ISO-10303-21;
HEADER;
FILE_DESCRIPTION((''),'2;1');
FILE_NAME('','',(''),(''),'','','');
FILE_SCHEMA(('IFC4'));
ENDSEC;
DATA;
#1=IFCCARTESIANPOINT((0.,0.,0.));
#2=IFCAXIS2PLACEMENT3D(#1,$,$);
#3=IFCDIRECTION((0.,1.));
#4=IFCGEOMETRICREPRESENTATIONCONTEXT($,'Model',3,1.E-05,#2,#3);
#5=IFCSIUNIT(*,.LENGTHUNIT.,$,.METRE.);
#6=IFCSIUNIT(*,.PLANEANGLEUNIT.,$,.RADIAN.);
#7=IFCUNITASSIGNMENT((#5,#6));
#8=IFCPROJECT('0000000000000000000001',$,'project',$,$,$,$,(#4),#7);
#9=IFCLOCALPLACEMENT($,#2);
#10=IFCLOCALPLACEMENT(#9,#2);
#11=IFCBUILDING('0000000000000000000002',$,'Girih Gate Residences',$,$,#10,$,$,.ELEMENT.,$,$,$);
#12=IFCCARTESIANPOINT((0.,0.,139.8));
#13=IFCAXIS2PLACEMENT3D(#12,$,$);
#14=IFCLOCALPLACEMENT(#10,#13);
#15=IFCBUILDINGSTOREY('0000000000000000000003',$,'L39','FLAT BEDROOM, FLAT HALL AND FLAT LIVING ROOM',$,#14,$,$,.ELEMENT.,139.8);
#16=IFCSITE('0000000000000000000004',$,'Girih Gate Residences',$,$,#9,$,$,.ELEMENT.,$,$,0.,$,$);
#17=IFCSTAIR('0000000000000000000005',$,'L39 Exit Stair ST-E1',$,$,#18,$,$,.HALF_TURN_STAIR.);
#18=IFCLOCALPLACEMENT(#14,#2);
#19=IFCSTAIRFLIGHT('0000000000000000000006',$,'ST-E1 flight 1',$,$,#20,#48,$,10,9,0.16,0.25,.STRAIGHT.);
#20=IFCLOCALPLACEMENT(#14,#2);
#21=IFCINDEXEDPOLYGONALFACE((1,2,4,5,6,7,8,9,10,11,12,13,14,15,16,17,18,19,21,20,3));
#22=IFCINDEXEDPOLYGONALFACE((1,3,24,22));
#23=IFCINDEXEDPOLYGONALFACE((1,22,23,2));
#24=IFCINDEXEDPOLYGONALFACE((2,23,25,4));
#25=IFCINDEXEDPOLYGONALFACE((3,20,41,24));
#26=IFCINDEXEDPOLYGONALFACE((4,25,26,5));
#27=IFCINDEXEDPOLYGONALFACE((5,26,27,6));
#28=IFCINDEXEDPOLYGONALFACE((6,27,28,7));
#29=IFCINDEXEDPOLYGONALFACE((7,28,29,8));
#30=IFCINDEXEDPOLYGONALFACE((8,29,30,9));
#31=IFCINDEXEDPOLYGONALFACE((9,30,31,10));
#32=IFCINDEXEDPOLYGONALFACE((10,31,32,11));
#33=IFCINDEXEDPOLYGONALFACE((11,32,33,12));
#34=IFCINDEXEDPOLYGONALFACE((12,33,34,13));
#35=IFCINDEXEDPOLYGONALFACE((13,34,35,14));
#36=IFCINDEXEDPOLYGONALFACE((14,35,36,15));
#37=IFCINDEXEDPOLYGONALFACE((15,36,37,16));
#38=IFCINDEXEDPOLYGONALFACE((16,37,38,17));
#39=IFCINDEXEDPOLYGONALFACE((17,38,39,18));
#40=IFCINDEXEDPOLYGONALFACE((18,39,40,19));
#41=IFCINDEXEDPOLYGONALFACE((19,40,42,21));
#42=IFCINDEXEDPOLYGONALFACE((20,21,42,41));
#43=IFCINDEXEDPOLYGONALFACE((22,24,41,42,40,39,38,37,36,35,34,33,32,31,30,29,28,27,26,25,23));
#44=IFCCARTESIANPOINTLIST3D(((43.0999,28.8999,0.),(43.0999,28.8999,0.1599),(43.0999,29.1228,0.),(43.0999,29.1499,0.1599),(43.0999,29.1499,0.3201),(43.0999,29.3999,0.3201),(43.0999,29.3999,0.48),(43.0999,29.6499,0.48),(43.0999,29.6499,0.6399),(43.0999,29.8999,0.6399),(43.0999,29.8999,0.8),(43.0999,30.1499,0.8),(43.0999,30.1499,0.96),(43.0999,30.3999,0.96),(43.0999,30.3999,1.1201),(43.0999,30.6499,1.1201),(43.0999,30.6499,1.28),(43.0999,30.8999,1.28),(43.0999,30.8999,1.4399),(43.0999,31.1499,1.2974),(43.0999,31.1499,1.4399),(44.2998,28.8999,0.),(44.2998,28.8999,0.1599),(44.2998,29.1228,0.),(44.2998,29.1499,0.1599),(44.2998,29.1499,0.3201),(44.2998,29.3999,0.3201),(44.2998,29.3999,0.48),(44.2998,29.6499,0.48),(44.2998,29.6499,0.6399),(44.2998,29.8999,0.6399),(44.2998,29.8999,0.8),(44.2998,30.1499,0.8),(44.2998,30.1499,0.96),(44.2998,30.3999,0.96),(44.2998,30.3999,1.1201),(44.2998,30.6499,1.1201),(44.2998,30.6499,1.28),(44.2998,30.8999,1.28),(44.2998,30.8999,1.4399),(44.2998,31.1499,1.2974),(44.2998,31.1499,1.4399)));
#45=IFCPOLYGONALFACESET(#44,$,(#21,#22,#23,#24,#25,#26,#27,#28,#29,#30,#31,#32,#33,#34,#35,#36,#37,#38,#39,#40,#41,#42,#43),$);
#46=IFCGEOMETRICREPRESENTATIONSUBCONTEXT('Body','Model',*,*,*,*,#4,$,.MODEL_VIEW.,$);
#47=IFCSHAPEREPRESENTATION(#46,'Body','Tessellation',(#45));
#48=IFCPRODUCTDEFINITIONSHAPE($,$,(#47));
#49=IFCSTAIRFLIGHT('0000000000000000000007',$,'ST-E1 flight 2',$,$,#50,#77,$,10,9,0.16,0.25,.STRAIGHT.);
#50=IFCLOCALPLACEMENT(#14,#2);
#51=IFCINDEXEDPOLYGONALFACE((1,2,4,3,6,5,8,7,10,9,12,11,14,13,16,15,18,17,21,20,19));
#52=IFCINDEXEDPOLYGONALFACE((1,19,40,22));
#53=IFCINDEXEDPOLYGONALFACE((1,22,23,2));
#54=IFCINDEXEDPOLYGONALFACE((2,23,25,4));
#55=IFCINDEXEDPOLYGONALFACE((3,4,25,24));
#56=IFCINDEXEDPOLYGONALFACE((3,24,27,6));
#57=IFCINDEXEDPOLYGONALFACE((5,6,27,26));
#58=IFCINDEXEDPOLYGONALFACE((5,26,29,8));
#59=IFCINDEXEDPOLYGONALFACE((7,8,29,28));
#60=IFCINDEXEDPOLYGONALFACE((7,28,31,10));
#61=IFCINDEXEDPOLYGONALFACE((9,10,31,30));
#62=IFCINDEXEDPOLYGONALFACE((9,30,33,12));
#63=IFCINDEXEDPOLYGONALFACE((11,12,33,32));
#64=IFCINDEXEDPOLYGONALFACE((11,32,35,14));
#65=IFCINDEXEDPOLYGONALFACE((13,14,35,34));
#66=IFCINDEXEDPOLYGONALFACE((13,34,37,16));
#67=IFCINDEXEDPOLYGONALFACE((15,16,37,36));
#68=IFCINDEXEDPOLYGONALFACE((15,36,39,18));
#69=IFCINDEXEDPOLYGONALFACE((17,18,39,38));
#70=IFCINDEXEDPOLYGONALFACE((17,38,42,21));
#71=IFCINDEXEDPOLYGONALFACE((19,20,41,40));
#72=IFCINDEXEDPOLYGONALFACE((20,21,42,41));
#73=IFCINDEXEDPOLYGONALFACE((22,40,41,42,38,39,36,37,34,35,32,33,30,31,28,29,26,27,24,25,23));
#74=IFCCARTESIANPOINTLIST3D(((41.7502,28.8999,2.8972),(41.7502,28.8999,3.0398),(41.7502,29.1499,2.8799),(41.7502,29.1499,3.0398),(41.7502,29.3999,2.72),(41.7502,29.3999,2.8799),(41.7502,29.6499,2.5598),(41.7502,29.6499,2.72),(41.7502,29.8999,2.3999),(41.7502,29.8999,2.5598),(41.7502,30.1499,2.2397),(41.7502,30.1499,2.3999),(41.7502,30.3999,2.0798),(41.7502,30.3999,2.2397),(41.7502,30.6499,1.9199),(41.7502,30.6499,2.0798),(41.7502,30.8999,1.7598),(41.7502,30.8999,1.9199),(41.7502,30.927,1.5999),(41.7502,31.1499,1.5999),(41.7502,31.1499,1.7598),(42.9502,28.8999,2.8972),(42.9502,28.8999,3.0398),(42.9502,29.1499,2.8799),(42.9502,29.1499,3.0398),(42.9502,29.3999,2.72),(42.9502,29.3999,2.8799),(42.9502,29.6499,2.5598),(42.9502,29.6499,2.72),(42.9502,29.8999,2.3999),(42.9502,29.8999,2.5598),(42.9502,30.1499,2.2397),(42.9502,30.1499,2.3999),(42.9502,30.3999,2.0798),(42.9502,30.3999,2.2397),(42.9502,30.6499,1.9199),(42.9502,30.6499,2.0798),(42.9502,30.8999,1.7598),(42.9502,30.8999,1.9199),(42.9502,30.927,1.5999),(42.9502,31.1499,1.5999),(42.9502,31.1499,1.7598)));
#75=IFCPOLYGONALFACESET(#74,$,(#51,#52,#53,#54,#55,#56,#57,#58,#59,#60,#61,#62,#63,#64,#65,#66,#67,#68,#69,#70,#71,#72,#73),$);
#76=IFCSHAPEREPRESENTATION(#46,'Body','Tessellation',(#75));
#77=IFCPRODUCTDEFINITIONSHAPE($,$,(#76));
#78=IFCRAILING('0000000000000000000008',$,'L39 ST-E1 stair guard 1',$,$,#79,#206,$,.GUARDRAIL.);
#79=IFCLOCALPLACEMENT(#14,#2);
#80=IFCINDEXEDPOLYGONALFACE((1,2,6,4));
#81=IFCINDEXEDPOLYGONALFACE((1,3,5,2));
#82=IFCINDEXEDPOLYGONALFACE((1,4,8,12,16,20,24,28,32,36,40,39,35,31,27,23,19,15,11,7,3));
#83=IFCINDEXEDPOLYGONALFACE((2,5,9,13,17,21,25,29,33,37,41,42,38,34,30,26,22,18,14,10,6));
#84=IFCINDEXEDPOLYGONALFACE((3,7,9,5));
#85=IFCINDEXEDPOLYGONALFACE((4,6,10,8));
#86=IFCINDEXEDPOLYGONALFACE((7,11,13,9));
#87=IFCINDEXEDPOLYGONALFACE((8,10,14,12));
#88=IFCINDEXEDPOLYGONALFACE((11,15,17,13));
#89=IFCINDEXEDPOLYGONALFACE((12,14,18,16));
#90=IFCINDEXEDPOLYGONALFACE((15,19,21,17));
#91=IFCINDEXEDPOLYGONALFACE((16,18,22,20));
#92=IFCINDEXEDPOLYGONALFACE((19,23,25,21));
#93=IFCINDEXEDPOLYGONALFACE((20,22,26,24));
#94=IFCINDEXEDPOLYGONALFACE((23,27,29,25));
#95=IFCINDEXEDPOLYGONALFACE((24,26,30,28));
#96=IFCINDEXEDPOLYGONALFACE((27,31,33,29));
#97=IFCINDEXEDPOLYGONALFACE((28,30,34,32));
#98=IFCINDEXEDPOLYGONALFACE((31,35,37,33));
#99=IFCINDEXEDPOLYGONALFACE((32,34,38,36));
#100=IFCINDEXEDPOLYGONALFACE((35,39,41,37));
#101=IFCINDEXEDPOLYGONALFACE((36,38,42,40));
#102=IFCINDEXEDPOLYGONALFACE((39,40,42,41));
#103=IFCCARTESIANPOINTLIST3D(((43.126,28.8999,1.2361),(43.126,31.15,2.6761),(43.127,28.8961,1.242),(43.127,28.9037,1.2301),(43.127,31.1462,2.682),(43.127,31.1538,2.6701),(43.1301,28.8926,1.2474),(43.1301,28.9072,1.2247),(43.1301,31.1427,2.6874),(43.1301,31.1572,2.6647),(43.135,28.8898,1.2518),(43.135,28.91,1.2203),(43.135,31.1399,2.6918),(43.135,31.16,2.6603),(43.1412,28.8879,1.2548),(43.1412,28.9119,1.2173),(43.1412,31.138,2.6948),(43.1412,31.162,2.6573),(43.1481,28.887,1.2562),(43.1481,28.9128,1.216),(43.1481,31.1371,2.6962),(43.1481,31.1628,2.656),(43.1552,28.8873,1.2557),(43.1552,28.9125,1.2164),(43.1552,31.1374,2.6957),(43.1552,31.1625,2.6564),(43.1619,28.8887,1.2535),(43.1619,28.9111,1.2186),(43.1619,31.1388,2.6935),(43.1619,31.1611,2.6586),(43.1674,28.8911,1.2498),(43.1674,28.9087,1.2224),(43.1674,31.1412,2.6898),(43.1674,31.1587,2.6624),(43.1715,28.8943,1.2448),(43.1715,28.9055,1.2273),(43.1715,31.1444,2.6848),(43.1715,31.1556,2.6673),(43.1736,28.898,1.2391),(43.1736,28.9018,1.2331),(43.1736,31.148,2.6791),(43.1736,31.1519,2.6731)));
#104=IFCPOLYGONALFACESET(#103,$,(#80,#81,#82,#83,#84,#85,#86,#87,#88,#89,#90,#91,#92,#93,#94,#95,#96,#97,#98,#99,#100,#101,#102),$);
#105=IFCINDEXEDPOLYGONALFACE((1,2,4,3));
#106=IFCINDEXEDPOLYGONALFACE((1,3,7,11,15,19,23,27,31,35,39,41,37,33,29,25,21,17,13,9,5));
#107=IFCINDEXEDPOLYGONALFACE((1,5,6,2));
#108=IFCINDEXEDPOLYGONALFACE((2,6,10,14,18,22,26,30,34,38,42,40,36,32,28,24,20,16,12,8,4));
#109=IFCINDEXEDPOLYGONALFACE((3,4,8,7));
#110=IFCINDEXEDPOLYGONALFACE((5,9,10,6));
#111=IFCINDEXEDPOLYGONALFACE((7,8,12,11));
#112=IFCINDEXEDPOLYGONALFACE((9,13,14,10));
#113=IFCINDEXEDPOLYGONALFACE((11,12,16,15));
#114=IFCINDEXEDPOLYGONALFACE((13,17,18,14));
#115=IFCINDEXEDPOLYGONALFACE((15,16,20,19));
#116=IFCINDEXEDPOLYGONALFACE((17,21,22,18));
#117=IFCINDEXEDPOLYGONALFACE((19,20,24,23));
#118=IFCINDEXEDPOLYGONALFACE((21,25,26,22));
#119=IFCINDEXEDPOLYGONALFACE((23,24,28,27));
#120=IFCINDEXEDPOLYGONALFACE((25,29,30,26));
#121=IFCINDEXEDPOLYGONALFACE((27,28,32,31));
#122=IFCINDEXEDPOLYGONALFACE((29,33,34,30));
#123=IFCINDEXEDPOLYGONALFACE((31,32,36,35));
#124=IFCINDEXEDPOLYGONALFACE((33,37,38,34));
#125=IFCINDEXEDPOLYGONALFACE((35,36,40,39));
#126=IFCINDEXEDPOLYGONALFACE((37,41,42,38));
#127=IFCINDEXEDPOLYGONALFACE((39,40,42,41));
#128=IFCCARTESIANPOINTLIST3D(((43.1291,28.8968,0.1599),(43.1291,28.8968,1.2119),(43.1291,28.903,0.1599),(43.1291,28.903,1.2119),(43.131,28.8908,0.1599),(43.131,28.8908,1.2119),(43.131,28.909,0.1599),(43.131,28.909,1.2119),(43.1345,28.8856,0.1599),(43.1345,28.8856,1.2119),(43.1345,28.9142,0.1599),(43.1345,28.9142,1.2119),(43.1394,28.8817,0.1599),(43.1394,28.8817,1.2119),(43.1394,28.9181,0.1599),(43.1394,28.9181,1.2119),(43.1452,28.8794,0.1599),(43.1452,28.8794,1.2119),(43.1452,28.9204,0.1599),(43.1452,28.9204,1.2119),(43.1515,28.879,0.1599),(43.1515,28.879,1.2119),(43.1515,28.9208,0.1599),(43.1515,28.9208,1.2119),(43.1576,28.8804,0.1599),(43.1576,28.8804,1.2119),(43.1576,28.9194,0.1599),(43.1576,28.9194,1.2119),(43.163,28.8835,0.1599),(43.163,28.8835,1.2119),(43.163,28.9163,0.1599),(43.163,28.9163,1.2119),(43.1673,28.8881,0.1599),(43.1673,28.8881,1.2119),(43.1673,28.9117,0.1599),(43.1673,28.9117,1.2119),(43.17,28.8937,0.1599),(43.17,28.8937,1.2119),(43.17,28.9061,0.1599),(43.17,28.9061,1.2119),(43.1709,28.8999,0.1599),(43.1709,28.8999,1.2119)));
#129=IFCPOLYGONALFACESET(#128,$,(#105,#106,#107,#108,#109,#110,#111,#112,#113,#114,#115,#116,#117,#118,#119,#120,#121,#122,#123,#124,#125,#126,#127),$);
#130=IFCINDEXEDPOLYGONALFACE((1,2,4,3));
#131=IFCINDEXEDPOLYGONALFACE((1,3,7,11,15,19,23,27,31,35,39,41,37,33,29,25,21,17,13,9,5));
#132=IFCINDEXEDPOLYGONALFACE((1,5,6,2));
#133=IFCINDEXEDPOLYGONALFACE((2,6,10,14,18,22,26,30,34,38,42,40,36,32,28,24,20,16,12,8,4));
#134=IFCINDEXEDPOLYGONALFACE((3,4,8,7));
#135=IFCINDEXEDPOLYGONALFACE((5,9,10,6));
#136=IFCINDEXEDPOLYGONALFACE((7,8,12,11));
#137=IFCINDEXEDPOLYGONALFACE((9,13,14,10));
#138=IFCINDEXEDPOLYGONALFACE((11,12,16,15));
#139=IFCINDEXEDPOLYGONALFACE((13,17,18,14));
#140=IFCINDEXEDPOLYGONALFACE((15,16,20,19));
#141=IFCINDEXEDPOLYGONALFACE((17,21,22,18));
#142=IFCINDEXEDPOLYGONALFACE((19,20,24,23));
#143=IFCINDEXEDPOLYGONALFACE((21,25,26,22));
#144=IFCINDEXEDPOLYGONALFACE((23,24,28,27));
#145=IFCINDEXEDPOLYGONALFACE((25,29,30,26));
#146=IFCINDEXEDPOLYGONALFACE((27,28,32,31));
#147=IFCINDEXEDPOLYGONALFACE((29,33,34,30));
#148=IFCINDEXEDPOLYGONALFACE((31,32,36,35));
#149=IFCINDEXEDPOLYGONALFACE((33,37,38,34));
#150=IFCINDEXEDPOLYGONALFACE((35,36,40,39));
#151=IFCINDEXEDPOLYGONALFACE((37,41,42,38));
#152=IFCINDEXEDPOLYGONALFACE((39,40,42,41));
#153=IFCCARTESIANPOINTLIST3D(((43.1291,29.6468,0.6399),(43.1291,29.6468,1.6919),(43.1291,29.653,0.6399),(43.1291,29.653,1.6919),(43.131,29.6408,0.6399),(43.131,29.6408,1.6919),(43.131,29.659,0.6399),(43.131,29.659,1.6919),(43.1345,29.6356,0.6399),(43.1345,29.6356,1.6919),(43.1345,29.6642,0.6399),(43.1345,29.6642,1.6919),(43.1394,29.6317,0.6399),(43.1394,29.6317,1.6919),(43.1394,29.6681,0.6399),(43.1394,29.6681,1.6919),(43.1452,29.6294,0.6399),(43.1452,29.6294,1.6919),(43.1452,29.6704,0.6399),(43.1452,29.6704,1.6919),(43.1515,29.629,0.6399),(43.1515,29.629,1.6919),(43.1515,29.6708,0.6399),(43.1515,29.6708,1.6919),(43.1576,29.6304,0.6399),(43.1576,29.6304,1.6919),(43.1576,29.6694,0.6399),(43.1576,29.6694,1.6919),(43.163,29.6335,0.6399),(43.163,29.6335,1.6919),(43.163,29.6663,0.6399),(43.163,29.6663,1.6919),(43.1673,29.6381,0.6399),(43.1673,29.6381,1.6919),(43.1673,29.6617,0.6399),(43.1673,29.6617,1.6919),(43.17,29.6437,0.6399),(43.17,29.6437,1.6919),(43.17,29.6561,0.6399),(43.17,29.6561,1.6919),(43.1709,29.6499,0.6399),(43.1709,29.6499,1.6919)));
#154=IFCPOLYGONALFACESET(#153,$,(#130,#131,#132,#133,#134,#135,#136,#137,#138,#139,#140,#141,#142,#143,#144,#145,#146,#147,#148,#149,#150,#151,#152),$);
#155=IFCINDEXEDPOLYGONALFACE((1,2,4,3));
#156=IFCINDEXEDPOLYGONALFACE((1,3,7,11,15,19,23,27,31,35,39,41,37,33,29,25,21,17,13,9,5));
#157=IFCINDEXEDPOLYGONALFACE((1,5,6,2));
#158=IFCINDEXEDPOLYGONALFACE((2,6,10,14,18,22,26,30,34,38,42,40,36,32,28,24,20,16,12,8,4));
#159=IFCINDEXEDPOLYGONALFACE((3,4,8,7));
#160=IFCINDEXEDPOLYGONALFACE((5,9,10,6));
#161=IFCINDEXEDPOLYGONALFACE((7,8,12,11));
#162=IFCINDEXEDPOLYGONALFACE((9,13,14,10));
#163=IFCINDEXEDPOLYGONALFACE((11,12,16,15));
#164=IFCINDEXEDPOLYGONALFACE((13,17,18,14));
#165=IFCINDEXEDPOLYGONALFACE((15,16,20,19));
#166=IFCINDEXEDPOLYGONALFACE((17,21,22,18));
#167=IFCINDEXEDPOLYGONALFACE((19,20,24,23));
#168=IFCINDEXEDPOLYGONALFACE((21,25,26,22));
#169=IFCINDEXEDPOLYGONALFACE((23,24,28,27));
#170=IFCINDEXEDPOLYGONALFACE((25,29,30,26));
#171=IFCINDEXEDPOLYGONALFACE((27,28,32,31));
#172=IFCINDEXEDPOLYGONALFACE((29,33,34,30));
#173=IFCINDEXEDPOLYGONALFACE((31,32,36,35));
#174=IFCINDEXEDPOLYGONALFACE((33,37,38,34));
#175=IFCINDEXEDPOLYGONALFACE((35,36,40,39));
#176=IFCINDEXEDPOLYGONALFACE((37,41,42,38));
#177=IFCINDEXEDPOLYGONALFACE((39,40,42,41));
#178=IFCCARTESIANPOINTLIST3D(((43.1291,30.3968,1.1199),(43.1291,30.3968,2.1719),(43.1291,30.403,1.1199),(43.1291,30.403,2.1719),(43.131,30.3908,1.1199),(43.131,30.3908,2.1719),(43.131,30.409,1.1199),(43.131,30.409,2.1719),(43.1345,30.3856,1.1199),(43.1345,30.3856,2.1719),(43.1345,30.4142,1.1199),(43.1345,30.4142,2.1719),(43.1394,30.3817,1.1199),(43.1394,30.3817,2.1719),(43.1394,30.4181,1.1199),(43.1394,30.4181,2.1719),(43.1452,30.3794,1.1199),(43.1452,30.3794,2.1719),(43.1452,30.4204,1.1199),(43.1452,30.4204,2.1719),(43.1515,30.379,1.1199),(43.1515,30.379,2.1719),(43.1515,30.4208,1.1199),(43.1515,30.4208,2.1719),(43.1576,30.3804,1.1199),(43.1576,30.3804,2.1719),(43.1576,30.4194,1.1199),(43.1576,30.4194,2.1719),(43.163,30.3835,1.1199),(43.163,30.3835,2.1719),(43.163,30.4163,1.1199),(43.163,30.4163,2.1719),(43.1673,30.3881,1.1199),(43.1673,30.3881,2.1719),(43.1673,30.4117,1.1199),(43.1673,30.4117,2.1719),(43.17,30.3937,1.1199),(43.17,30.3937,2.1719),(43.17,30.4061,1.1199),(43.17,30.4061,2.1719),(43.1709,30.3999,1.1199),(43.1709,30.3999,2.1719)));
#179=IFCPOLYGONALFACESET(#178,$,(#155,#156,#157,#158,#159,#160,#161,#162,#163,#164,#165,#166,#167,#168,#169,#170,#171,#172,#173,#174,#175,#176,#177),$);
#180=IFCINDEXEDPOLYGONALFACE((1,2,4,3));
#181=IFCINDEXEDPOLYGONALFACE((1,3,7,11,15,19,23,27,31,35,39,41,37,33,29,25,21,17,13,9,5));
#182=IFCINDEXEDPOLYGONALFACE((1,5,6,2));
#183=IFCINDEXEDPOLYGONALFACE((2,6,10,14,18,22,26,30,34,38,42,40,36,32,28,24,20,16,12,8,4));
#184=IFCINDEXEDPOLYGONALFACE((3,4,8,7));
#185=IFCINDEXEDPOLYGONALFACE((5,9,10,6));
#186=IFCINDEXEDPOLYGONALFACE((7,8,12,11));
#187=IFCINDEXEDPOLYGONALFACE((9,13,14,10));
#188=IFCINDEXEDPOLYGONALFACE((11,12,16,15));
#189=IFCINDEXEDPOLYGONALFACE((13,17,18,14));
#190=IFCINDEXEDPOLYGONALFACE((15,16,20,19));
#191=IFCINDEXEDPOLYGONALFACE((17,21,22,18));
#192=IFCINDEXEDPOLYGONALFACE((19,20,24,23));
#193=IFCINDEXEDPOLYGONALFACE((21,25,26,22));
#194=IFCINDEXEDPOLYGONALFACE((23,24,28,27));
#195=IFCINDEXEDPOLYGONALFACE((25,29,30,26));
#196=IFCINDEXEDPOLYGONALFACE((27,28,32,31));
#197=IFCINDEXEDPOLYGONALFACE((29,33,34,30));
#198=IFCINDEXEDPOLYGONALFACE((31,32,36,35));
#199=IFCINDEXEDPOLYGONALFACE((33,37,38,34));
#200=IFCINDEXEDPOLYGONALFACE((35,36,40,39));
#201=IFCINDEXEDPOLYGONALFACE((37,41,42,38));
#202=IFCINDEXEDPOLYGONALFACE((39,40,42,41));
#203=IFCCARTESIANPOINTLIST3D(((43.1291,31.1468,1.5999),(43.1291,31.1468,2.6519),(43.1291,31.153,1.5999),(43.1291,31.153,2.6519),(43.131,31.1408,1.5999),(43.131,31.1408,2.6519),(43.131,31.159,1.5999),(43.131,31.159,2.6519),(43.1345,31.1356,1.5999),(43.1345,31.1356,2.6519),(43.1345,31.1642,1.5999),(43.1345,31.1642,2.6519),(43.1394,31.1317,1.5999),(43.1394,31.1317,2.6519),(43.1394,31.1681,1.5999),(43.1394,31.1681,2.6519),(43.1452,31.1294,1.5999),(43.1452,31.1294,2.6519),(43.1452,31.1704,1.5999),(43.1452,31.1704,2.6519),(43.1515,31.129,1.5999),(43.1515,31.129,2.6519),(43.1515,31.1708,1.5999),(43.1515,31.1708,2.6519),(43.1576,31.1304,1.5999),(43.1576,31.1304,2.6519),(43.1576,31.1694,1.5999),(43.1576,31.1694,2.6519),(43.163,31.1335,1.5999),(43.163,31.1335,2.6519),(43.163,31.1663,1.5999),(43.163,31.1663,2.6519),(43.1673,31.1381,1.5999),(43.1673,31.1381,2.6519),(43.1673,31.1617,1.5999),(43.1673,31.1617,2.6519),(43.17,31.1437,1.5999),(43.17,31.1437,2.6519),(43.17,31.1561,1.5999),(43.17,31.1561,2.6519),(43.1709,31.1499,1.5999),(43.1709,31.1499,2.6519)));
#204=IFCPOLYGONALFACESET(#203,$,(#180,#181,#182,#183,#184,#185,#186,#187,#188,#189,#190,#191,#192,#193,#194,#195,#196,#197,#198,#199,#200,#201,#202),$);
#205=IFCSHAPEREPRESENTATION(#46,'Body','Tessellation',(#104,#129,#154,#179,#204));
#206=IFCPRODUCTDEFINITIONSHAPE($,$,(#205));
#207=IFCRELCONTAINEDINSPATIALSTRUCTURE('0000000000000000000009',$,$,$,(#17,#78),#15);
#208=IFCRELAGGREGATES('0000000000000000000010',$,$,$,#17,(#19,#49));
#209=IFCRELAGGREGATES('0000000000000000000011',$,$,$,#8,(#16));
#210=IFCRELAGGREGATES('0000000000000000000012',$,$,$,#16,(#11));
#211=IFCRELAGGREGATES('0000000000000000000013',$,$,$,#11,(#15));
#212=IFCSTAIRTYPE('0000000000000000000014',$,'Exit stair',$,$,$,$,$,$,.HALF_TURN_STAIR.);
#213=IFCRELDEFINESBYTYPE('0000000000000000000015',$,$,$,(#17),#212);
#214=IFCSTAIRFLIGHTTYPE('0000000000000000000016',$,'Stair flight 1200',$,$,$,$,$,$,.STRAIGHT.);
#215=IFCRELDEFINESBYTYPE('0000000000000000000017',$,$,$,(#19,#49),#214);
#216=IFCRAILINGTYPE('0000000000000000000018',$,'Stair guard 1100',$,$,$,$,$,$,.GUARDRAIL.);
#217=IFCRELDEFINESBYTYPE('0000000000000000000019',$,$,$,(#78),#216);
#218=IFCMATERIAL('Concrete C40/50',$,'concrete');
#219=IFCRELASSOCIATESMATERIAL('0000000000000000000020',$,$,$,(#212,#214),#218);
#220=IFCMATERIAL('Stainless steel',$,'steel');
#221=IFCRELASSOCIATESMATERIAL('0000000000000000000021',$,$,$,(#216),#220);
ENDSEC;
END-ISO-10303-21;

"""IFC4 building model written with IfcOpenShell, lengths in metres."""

from ifc_helpers import new_model, si_unit, direction, frame, origin, origin_2d, place, context, subcontext, project, spatial, polyline, circle, outline, extrude, material, type_object, element, aggregate, save


model = new_model("IFC4")

# Units and contexts
model_context = context("Model", 3, precision=1e-05, world=origin(), true_north=direction((0.0, 1.0)))
body_context = subcontext(model_context, "Body", "Model", "MODEL_VIEW")
ifc_project = project(units=[si_unit("LENGTHUNIT", "METRE"), si_unit("PLANEANGLEUNIT", "RADIAN")], contexts=[model_context])

# Site, building, storey
site_placement = place(None, origin())
site = spatial("IfcSite", under=ifc_project, at=site_placement, Name="Girih Gate Residences", CompositionType="ELEMENT", RefElevation=0.0)
building_placement = place(site_placement, origin())
building = spatial("IfcBuilding", under=site, at=building_placement, Name="Girih Gate Residences", CompositionType="ELEMENT")
storey_placement = place(building_placement, frame((0.0, 0.0, 139.8)))
storey = spatial("IfcBuildingStorey", under=building, at=storey_placement, Name="L39", Description="FLAT BEDROOM, FLAT HALL AND FLAT LIVING ROOM", CompositionType="ELEMENT", Elevation=139.8)

# Shared definitions
ifc_material_1 = material(Name="Concrete C40/50", Category="concrete")

# Stair, stair flights
stair_type = type_object("IfcStairType", Name="Exit stair", PredefinedType="HALF_TURN_STAIR", material=ifc_material_1)
stair_placement = place(storey_placement, origin())
stair = element("IfcStair", 1, at=stair_placement, inside=storey, type_object=stair_type, Name="L39 Exit Stair ST-E1", PredefinedType="HALF_TURN_STAIR")
stair_flight_type = type_object("IfcStairFlightType", Name="Stair flight 1200", PredefinedType="STRAIGHT", material=ifc_material_1)
stair_flight_1_placement = place(storey_placement, frame((43.7, 28.8999, 0.0), z_axis=(0.0, 0.0, 1.0), x_axis=(0.0, 1.0, 0.0)))
stair_flight_1 = element("IfcStairFlight", 2, at=stair_flight_1_placement, type_object=stair_flight_type, Name="ST-E1 flight 1", NumberOfRisers=10, NumberOfTreads=9, PredefinedType="STRAIGHT", RiserHeight=0.16, TreadLength=0.25, context=body_context, shape_type="SweptSolid", body=[
    extrude(outline(polyline([(0.0, 0.0), (0.0, 0.1599), (0.25, 0.1599), (0.25, 0.3201), (0.5, 0.3201), (0.5, 0.48), (0.75, 0.48), (0.75, 0.6399), (1.0, 0.6399), (1.0, 0.8), (1.25, 0.8), (1.25, 0.96), (1.5, 0.96), (1.5, 1.1201), (1.75, 1.1201), (1.75, 1.28), (2.0, 1.28), (2.0, 1.4399), (2.25, 1.4399), (2.25, 1.6001), (2.25, 1.2974), (0.2229, 0.0), (0.0, 0.0)])), frame((0.0, 0.6001, 0.0), z_axis=(0.0, -1.0, 0.0), x_axis=(1.0, 0.0, 0.0)), (0.0, 0.0, 1.0), 1.2),
])
stair_flight_2_placement = place(storey_placement, frame((42.3501, 31.1499, 1.5999), z_axis=(0.0, 0.0, 1.0), x_axis=(0.0, -1.0, 0.0)))
stair_flight_2 = element("IfcStairFlight", 3, at=stair_flight_2_placement, type_object=stair_flight_type, Name="ST-E1 flight 2", NumberOfRisers=10, NumberOfTreads=9, PredefinedType="STRAIGHT", RiserHeight=0.16, TreadLength=0.25, context=body_context, shape_type="SweptSolid", body=[
    extrude(outline(polyline([(0.0, 0.0), (0.0, 0.1599), (0.25, 0.1599), (0.25, 0.3201), (0.5, 0.3201), (0.5, 0.48), (0.75, 0.48), (0.75, 0.6399), (1.0, 0.6399), (1.0, 0.8), (1.25, 0.8), (1.25, 0.96), (1.5, 0.96), (1.5, 1.1201), (1.75, 1.1201), (1.75, 1.28), (2.0, 1.28), (2.0, 1.4399), (2.25, 1.4399), (2.25, 1.6001), (2.25, 1.2974), (0.2229, 0.0), (0.0, 0.0)])), frame((0.0, 0.6001, 0.0), z_axis=(0.0, -1.0, 0.0), x_axis=(1.0, 0.0, 0.0)), (0.0, 0.0, 1.0), 1.2),
])
aggregate(stair, [stair_flight_1, stair_flight_2])

# Railing
ifc_material_2 = material(Name="Stainless steel", Category="steel")
railing_type_1 = type_object("IfcRailingType", Name="Stair guard 1100", PredefinedType="GUARDRAIL", material=ifc_material_2)
railing_1_placement = place(storey_placement, frame((43.1499, 28.8999, 0.1599)))
element("IfcRailing", 4, at=railing_1_placement, inside=storey, type_object=railing_type_1, Name="L39 ST-E1 stair guard 1", PredefinedType="GUARDRAIL", context=body_context, shape_type="SweptSolid", body=[
    extrude(circle(Radius=0.0239, at=origin_2d()), frame((0.0, 0.0, 1.0762), z_axis=(0.0, 0.842281, 0.539038), x_axis=(-1.0, 0.0, 0.0)), (0.0, 0.0, 1.0), 2.6714),
    extrude(circle(Radius=0.021, at=origin_2d()), origin(), (0.0, 0.0, 1.0), 1.052),
    extrude(circle(Radius=0.021, at=origin_2d()), frame((0.0, 0.75, 0.48)), (0.0, 0.0, 1.0), 1.052),
    extrude(circle(Radius=0.021, at=origin_2d()), frame((0.0, 1.5, 0.96)), (0.0, 0.0, 1.0), 1.052),
    extrude(circle(Radius=0.021, at=origin_2d()), frame((0.0, 2.25, 1.4399)), (0.0, 0.0, 1.0), 1.052),
])

save(model, "model.ifc")
